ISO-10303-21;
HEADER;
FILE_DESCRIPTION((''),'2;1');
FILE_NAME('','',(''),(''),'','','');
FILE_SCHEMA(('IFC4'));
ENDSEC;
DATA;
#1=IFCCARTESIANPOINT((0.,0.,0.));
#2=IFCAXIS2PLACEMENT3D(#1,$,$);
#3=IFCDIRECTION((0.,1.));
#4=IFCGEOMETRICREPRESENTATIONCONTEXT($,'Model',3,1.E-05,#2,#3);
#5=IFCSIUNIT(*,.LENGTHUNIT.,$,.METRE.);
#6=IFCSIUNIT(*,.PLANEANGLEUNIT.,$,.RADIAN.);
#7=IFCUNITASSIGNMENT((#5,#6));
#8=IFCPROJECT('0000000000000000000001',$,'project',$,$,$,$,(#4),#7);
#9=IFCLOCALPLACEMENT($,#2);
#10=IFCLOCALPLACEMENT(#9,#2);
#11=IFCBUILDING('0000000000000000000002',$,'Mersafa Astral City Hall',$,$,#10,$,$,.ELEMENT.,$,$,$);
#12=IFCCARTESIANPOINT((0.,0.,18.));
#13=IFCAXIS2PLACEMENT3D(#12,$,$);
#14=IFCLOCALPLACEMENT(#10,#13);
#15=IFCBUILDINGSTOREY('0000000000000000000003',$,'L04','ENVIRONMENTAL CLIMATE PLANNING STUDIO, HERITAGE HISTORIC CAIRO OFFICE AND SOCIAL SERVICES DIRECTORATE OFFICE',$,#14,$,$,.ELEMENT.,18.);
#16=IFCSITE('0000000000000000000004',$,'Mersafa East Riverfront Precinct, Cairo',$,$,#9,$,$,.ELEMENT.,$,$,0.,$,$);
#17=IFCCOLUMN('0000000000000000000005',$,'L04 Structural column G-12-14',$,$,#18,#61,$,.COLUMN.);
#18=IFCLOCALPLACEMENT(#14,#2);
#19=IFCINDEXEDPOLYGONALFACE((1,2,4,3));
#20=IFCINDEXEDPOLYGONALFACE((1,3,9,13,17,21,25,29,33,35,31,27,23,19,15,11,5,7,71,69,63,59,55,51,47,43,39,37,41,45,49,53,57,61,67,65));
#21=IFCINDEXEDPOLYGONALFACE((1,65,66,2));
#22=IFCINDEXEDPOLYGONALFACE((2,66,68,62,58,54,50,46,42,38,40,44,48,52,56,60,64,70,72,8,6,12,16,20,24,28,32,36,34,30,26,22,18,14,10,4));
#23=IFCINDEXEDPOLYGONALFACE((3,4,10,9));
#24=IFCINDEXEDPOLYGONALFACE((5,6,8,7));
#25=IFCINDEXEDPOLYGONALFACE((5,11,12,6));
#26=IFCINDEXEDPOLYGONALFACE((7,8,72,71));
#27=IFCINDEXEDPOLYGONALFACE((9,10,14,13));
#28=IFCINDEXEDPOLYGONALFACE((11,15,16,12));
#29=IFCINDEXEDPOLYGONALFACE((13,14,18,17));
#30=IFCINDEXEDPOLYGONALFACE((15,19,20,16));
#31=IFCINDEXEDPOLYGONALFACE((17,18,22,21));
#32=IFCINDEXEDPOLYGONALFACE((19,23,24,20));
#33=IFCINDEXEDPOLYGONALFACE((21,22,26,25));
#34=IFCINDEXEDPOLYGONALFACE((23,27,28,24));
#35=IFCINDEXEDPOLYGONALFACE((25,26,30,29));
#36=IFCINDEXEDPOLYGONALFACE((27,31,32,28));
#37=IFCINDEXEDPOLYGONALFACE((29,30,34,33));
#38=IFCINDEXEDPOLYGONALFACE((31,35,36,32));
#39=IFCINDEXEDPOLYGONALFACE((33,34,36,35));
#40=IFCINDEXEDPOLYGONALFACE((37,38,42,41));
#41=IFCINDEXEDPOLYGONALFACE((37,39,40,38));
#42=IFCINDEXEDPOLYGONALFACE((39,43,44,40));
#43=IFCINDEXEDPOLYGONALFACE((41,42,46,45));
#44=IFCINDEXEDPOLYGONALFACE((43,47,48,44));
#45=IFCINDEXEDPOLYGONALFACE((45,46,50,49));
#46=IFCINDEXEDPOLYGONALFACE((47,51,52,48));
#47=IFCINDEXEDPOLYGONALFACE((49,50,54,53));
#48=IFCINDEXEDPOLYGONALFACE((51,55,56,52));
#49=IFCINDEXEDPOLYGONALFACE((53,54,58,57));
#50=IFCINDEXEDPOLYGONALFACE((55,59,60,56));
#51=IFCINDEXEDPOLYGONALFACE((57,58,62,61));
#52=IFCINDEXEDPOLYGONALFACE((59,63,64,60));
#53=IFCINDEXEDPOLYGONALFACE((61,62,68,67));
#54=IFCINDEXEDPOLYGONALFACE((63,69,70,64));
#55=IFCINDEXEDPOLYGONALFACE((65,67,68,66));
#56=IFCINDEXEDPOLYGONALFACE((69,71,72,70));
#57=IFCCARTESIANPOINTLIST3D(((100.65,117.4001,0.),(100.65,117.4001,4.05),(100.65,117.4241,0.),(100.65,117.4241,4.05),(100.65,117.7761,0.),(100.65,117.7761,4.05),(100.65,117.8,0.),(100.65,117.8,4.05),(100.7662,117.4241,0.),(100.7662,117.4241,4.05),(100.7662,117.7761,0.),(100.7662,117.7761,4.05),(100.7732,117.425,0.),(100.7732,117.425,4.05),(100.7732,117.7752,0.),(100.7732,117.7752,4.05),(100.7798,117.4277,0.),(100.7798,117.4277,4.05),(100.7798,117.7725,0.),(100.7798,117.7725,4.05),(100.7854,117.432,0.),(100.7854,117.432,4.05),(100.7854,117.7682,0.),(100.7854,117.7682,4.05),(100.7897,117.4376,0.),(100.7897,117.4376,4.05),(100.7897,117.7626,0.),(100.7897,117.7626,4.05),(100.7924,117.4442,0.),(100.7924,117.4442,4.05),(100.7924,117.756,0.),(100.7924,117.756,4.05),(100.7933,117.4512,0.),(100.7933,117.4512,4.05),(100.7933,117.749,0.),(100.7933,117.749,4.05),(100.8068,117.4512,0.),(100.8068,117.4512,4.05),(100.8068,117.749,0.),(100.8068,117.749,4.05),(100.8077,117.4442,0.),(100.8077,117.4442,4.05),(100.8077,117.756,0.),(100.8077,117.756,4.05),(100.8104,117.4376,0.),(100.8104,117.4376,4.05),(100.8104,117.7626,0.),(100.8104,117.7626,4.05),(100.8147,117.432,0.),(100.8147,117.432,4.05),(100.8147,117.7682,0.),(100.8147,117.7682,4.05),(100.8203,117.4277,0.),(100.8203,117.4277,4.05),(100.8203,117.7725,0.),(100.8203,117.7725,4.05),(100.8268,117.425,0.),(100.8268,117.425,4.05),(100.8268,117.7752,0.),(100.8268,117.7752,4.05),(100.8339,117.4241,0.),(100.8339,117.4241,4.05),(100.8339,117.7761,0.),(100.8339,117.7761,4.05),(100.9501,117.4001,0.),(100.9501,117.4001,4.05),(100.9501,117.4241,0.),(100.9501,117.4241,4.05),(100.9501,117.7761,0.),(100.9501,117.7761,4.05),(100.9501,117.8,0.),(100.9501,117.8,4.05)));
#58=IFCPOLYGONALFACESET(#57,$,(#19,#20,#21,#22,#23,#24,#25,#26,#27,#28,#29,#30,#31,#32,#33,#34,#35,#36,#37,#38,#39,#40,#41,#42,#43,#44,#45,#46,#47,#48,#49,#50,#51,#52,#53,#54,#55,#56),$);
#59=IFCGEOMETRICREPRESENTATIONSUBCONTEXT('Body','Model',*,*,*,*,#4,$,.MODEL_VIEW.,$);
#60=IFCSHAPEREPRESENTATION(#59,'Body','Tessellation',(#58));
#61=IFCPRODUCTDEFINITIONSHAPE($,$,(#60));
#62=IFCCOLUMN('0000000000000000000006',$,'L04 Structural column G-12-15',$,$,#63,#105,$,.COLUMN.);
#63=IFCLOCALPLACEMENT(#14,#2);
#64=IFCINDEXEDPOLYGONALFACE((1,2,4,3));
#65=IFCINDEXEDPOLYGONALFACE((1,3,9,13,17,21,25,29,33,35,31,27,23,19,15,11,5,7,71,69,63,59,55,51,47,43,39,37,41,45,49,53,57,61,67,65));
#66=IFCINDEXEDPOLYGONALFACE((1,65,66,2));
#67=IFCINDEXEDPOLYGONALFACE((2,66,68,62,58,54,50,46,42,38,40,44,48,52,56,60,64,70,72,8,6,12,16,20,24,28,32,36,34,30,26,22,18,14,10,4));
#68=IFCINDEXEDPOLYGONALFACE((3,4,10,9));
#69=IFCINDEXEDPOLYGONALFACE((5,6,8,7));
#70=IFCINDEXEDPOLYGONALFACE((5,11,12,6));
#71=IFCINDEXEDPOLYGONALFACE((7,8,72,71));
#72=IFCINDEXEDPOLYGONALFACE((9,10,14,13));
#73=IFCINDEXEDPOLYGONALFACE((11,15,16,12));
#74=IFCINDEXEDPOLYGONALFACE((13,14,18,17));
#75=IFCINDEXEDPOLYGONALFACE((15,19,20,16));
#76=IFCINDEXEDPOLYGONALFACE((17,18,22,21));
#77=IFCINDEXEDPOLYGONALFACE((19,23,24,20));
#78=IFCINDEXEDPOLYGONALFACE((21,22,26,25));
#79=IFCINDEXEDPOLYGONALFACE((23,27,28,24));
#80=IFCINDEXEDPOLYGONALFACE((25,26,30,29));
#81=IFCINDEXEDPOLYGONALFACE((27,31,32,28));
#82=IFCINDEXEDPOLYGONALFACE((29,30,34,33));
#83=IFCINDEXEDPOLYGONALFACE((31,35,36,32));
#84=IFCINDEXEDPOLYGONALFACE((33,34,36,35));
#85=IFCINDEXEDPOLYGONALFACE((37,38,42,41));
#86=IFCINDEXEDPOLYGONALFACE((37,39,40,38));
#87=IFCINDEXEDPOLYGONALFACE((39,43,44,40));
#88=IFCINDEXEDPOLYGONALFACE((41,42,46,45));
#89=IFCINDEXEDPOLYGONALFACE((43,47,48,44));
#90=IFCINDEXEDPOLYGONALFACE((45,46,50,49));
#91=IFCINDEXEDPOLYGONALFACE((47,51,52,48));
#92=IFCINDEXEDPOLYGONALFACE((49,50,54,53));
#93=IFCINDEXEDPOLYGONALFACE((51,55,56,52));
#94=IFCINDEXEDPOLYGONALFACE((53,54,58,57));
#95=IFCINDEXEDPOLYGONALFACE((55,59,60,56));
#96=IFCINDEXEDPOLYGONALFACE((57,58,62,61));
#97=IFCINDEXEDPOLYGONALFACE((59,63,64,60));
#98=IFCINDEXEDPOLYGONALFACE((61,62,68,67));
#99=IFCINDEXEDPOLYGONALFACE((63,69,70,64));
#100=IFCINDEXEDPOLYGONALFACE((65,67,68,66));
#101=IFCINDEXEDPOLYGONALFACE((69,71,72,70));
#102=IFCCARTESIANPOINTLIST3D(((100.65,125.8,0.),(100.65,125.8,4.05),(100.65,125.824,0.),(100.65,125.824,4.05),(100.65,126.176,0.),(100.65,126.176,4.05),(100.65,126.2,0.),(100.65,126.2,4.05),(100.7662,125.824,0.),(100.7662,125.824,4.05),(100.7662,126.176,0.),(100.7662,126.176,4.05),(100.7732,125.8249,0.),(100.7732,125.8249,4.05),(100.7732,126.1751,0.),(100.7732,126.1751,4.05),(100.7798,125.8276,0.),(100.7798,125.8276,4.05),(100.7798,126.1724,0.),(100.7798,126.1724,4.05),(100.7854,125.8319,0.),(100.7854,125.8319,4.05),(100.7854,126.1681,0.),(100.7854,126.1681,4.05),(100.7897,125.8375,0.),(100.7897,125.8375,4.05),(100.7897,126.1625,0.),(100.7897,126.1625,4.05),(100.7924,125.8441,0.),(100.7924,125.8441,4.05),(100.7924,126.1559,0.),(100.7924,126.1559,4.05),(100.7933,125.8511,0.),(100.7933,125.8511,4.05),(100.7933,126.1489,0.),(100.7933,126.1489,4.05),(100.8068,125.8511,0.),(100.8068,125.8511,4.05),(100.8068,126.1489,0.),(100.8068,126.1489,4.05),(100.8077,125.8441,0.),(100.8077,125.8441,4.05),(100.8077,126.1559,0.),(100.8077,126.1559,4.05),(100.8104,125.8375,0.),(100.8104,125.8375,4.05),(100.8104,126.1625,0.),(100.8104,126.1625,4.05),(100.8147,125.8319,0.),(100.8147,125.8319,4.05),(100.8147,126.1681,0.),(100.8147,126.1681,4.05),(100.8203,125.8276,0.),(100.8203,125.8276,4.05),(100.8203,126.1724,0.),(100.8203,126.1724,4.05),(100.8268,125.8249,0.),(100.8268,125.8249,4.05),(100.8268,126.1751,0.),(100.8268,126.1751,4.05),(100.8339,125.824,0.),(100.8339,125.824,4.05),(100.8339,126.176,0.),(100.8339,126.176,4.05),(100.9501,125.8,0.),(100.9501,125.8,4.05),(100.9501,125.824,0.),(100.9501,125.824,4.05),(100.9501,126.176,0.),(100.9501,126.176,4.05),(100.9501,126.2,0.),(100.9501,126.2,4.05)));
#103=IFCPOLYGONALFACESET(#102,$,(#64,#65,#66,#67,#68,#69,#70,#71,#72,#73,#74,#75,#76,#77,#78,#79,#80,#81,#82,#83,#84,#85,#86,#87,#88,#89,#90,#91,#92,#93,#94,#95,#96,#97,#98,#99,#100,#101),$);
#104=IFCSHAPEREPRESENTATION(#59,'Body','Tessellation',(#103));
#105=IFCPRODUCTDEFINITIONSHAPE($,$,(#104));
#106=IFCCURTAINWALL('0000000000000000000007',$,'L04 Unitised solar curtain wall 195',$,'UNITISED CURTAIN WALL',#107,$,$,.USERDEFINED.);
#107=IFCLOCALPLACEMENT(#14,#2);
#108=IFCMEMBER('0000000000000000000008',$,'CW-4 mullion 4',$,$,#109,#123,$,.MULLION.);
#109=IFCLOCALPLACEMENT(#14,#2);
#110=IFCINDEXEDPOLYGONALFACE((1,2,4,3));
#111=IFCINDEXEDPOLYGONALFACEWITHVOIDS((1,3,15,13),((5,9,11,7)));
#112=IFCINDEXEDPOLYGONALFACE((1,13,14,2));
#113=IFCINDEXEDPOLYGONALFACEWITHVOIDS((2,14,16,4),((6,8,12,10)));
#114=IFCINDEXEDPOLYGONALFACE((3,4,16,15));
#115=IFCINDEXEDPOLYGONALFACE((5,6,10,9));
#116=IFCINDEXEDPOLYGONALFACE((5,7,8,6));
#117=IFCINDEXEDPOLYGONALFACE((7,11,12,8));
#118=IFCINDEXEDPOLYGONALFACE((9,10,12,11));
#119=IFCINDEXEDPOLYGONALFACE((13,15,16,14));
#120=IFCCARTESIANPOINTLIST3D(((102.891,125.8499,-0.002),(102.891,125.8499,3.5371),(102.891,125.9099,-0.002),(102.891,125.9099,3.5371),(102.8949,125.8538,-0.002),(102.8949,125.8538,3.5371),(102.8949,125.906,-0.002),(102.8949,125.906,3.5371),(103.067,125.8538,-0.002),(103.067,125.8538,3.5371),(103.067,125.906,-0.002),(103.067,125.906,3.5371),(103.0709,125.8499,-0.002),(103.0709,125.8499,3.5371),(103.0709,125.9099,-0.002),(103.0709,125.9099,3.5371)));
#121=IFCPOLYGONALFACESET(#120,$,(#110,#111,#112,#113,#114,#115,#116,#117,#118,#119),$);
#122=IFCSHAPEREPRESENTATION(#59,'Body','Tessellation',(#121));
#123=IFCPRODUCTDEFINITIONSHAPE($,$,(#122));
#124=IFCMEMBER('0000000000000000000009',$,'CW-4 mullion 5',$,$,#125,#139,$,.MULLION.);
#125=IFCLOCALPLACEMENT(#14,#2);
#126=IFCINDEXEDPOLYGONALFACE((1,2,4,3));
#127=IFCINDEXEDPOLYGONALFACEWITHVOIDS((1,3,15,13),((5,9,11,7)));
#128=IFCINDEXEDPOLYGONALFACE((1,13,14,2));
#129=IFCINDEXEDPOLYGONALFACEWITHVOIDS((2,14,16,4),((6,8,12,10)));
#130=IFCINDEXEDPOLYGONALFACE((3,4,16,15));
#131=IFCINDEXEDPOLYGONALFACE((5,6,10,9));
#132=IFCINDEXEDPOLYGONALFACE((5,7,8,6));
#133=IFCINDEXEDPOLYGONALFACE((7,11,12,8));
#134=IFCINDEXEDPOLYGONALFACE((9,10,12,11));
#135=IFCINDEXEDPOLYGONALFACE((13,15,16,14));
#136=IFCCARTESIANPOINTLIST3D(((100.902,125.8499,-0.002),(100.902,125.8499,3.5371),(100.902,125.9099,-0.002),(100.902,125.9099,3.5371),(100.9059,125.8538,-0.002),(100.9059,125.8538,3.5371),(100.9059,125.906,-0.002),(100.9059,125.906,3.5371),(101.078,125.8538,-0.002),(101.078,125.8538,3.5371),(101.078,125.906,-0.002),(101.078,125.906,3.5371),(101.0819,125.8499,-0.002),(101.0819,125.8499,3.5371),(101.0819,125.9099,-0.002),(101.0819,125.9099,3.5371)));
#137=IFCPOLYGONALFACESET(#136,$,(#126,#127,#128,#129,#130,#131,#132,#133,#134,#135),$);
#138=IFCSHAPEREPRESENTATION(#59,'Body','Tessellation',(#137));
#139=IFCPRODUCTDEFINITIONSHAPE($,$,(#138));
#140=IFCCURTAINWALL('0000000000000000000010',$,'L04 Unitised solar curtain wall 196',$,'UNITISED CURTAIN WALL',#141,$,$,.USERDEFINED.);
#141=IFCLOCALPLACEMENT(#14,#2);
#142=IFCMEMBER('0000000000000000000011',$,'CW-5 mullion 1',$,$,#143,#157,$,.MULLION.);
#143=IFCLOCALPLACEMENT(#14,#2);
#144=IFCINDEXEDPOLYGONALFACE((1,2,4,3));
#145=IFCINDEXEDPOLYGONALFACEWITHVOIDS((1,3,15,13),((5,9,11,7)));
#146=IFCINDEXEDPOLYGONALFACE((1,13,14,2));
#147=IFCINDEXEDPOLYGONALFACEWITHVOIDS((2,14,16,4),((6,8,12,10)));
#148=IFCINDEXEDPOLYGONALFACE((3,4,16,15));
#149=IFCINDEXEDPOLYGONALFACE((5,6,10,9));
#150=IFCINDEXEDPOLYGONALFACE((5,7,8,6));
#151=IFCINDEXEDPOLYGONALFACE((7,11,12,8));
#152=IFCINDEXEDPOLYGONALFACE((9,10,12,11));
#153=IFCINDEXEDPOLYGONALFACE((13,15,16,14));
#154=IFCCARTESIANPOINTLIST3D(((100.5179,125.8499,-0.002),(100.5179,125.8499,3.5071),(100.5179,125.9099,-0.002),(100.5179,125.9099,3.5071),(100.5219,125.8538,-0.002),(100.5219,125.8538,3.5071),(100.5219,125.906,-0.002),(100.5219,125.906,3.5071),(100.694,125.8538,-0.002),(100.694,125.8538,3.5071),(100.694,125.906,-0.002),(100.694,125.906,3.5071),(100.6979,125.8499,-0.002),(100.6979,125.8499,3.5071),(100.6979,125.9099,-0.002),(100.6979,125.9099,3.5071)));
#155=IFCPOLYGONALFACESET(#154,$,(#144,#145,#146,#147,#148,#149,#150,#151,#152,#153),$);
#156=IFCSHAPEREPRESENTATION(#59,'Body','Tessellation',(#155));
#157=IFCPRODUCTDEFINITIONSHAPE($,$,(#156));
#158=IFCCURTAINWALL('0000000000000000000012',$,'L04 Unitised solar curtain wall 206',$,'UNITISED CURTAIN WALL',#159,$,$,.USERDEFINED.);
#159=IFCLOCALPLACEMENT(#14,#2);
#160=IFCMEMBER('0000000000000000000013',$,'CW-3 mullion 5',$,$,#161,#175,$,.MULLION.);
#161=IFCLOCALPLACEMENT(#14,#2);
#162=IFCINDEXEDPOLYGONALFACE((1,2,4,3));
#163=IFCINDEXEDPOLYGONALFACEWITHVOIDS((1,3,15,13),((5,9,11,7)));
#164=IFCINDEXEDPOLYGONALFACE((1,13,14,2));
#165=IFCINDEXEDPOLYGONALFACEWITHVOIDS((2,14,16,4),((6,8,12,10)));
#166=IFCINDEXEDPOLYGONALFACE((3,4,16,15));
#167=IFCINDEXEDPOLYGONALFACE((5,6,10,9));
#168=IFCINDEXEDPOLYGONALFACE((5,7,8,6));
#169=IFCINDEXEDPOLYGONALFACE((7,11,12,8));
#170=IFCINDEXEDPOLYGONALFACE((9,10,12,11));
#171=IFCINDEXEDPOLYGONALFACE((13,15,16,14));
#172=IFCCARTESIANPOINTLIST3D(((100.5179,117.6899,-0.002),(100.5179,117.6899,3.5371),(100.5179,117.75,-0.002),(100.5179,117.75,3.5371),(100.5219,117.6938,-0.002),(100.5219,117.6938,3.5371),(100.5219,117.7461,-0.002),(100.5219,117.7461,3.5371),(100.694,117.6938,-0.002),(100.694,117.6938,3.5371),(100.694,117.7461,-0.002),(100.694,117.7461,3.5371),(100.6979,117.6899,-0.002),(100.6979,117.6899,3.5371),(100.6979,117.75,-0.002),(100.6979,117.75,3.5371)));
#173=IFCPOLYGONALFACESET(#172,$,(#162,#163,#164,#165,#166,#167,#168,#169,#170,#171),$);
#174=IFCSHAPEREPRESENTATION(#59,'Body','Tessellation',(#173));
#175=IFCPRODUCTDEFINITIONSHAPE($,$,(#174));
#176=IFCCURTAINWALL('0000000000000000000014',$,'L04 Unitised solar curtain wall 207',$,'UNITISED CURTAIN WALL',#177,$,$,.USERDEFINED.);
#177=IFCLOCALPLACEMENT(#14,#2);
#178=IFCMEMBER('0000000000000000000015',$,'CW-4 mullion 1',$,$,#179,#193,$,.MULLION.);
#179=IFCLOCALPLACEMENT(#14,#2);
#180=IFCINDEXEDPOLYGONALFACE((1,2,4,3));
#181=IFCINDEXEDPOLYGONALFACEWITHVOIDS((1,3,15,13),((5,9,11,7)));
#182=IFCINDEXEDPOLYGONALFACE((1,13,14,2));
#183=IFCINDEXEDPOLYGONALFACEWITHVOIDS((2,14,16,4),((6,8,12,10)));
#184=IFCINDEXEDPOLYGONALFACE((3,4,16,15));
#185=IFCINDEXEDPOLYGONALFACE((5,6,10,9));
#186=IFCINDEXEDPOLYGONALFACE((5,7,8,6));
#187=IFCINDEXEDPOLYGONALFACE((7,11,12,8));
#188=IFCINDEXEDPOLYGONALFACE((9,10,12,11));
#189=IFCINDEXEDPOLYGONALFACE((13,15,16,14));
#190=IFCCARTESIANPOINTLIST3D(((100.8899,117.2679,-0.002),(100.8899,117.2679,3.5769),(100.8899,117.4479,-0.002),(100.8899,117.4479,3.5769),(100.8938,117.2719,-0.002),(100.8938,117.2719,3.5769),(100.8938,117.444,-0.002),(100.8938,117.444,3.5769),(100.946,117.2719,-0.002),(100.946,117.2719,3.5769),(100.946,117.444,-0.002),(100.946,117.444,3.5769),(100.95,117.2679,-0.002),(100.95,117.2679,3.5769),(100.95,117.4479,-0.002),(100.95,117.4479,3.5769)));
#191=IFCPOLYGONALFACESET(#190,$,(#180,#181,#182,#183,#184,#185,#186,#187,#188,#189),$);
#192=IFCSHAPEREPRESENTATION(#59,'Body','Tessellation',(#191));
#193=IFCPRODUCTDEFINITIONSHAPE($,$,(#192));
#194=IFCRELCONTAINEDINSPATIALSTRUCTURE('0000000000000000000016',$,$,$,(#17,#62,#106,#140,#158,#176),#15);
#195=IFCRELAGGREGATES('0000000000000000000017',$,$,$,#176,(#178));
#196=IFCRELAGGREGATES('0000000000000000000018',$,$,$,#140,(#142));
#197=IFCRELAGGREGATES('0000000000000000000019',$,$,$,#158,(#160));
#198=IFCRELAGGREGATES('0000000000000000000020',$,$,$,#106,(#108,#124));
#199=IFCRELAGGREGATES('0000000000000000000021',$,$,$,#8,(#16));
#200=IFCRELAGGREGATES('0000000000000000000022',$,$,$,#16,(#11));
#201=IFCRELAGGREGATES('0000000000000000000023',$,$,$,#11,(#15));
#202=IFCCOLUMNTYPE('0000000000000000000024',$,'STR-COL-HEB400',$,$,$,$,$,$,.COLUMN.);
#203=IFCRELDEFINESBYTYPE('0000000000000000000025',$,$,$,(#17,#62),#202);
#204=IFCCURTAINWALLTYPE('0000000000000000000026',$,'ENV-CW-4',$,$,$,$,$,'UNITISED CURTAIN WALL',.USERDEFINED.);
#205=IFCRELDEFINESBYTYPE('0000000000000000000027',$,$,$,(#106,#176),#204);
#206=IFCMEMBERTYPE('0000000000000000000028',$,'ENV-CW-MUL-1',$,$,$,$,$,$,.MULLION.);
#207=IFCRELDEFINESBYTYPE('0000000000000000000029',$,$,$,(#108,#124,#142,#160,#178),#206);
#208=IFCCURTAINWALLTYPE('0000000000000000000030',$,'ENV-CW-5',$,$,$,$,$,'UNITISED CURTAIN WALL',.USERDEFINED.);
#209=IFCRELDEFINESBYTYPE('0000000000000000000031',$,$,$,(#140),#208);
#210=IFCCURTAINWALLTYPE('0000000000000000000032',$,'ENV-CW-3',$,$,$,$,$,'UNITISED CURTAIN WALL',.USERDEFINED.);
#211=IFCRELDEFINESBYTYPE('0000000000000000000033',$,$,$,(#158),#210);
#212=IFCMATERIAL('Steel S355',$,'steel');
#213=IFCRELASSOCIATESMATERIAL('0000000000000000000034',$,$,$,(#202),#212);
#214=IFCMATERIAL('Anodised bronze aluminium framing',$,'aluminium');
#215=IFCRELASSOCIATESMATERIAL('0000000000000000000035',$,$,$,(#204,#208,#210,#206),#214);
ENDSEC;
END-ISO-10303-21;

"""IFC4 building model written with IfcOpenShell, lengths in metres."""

from ifc_helpers import new_model, si_unit, direction, frame, origin, origin_2d, place, context, subcontext, project, spatial, hollow_rectangle, i_section, extrude, material, material_profile, profile_set, type_object, element, aggregate, save


model = new_model("IFC4")

# Units and contexts
model_context = context("Model", 3, precision=1e-05, world=origin(), true_north=direction((0.0, 1.0)))
body_context = subcontext(model_context, "Body", "Model", "MODEL_VIEW")
ifc_project = project(units=[si_unit("LENGTHUNIT", "METRE"), si_unit("PLANEANGLEUNIT", "RADIAN")], contexts=[model_context])

# Site, building, storey
site_placement = place(None, origin())
site = spatial("IfcSite", under=ifc_project, at=site_placement, Name="Mersafa East Riverfront Precinct, Cairo", CompositionType="ELEMENT", RefElevation=0.0)
building_placement = place(site_placement, origin())
building = spatial("IfcBuilding", under=site, at=building_placement, Name="Mersafa Astral City Hall", CompositionType="ELEMENT")
storey_placement = place(building_placement, frame((0.0, 0.0, 18.0)))
storey = spatial("IfcBuildingStorey", under=building, at=storey_placement, Name="L04", Description="ENVIRONMENTAL CLIMATE PLANNING STUDIO, HERITAGE HISTORIC CAIRO OFFICE AND SOCIAL SERVICES DIRECTORATE OFFICE", CompositionType="ELEMENT", Elevation=18.0)

# Columns
ifc_material_1 = material(Name="Steel S355", Category="steel")
ifc_material_profile_1 = material_profile(ifc_material_1, i_section(OverallWidth=0.3, OverallDepth=0.3999, WebThickness=0.0134, FlangeThickness=0.0239, FilletRadius=0.0271, at=origin_2d()), Name="HEB 400")
ifc_profile_set_1 = profile_set([ifc_material_profile_1], Name="Steel S355")
column_type = type_object("IfcColumnType", Name="STR-COL-HEB400", PredefinedType="COLUMN", material=ifc_profile_set_1)
for number, where, z_axis, x_axis, name in (
    (1, (100.8, 117.6001, 0.0), (0.0, 0.0, 1.0), (1.0, 0.0, 0.0), "L04 Structural column G-12-14"),
    (2, (100.8, 126.0, 0.0), (0.0, 0.0, 1.0), (1.0, 0.0, 0.0), "L04 Structural column G-12-15"),
):
    element("IfcColumn", number, at=place(storey_placement, frame(where, z_axis=z_axis, x_axis=x_axis)), inside=storey, type_object=column_type, Name=name, PredefinedType="COLUMN", context=body_context, shape_type="SweptSolid", body=[
        extrude(i_section(OverallWidth=0.3, OverallDepth=0.3999, WebThickness=0.0134, FlangeThickness=0.0239, FilletRadius=0.0271, at=origin_2d()), origin(), (0.0, 0.0, 1.0), 4.05),
    ])

# Curtain wall, members
ifc_material_2 = material(Name="Anodised bronze aluminium framing", Category="aluminium")
curtain_wall_type_1 = type_object("IfcCurtainWallType", Name="ENV-CW-4", ElementType="UNITISED CURTAIN WALL", PredefinedType="USERDEFINED", material=ifc_material_2)
curtain_wall_1_placement = place(storey_placement, origin())
curtain_wall_1 = element("IfcCurtainWall", 3, at=curtain_wall_1_placement, inside=storey, type_object=curtain_wall_type_1, Name="L04 Unitised solar curtain wall 195", ObjectType="UNITISED CURTAIN WALL", PredefinedType="USERDEFINED")
ifc_material_profile_2 = material_profile(ifc_material_2, hollow_rectangle(XDim=0.0601, YDim=0.1799, WallThickness=0.0039, at=origin_2d()), Name="RHS 60x180x4")
ifc_profile_set_2 = profile_set([ifc_material_profile_2], Name="Anodised bronze aluminium framing")
member_type_1 = type_object("IfcMemberType", Name="ENV-CW-MUL-1", PredefinedType="MULLION", material=ifc_profile_set_2)
member_1_placement = place(storey_placement, frame((102.981, 125.8799, -0.002), z_axis=(0.0, 0.0, 1.0), x_axis=(0.0, -1.0, 0.0)))
member_1 = element("IfcMember", 4, at=member_1_placement, type_object=member_type_1, Name="CW-4 mullion 4", PredefinedType="MULLION", context=body_context, shape_type="SweptSolid", body=[
    extrude(hollow_rectangle(XDim=0.0601, YDim=0.1799, WallThickness=0.0039, at=origin_2d()), origin(), (0.0, 0.0, 1.0), 3.5391),
])
member_2_placement = place(storey_placement, frame((100.9919, 125.8799, -0.002), z_axis=(0.0, 0.0, 1.0), x_axis=(0.0, -1.0, 0.0)))
member_2 = element("IfcMember", 5, at=member_2_placement, type_object=member_type_1, Name="CW-4 mullion 5", PredefinedType="MULLION", context=body_context, shape_type="SweptSolid", body=[
    extrude(hollow_rectangle(XDim=0.0601, YDim=0.1799, WallThickness=0.0039, at=origin_2d()), origin(), (0.0, 0.0, 1.0), 3.5391),
])

# Curtain walls, members
curtain_wall_type_2 = type_object("IfcCurtainWallType", Name="ENV-CW-5", ElementType="UNITISED CURTAIN WALL", PredefinedType="USERDEFINED", material=ifc_material_2)
curtain_wall_2_placement = place(storey_placement, origin())
curtain_wall_2 = element("IfcCurtainWall", 6, at=curtain_wall_2_placement, inside=storey, type_object=curtain_wall_type_2, Name="L04 Unitised solar curtain wall 196", ObjectType="UNITISED CURTAIN WALL", PredefinedType="USERDEFINED")
member_3_placement = place(storey_placement, frame((100.6079, 125.8799, -0.002), z_axis=(0.0, 0.0, 1.0), x_axis=(0.0, -1.0, 0.0)))
member_3 = element("IfcMember", 7, at=member_3_placement, type_object=member_type_1, Name="CW-5 mullion 1", PredefinedType="MULLION", context=body_context, shape_type="SweptSolid", body=[
    extrude(hollow_rectangle(XDim=0.0601, YDim=0.1799, WallThickness=0.0039, at=origin_2d()), origin(), (0.0, 0.0, 1.0), 3.509),
])
curtain_wall_type_3 = type_object("IfcCurtainWallType", Name="ENV-CW-3", ElementType="UNITISED CURTAIN WALL", PredefinedType="USERDEFINED", material=ifc_material_2)
curtain_wall_3_placement = place(storey_placement, origin())
curtain_wall_3 = element("IfcCurtainWall", 8, at=curtain_wall_3_placement, inside=storey, type_object=curtain_wall_type_3, Name="L04 Unitised solar curtain wall 206", ObjectType="UNITISED CURTAIN WALL", PredefinedType="USERDEFINED")
member_4_placement = place(storey_placement, frame((100.6079, 117.72, -0.002), z_axis=(0.0, 0.0, 1.0), x_axis=(0.0, 1.0, 0.0)))
member_4 = element("IfcMember", 9, at=member_4_placement, type_object=member_type_1, Name="CW-3 mullion 5", PredefinedType="MULLION", context=body_context, shape_type="SweptSolid", body=[
    extrude(hollow_rectangle(XDim=0.0601, YDim=0.1799, WallThickness=0.0039, at=origin_2d()), origin(), (0.0, 0.0, 1.0), 3.5391),
])
curtain_wall_4_placement = place(storey_placement, origin())
curtain_wall_4 = element("IfcCurtainWall", 10, at=curtain_wall_4_placement, inside=storey, type_object=curtain_wall_type_1, Name="L04 Unitised solar curtain wall 207", ObjectType="UNITISED CURTAIN WALL", PredefinedType="USERDEFINED")
member_5_placement = place(storey_placement, frame((100.9199, 117.3579, -0.002), z_axis=(0.0, 0.0, 1.0), x_axis=(1.0, 0.0, 0.0)))
member_5 = element("IfcMember", 11, at=member_5_placement, type_object=member_type_1, Name="CW-4 mullion 1", PredefinedType="MULLION", context=body_context, shape_type="SweptSolid", body=[
    extrude(hollow_rectangle(XDim=0.0601, YDim=0.1799, WallThickness=0.0039, at=origin_2d()), origin(), (0.0, 0.0, 1.0), 3.5789),
])
aggregate(curtain_wall_4, [member_5])

aggregate(curtain_wall_2, [member_3])
aggregate(curtain_wall_3, [member_4])
aggregate(curtain_wall_1, [member_1, member_2])

save(model, "model.ifc")
